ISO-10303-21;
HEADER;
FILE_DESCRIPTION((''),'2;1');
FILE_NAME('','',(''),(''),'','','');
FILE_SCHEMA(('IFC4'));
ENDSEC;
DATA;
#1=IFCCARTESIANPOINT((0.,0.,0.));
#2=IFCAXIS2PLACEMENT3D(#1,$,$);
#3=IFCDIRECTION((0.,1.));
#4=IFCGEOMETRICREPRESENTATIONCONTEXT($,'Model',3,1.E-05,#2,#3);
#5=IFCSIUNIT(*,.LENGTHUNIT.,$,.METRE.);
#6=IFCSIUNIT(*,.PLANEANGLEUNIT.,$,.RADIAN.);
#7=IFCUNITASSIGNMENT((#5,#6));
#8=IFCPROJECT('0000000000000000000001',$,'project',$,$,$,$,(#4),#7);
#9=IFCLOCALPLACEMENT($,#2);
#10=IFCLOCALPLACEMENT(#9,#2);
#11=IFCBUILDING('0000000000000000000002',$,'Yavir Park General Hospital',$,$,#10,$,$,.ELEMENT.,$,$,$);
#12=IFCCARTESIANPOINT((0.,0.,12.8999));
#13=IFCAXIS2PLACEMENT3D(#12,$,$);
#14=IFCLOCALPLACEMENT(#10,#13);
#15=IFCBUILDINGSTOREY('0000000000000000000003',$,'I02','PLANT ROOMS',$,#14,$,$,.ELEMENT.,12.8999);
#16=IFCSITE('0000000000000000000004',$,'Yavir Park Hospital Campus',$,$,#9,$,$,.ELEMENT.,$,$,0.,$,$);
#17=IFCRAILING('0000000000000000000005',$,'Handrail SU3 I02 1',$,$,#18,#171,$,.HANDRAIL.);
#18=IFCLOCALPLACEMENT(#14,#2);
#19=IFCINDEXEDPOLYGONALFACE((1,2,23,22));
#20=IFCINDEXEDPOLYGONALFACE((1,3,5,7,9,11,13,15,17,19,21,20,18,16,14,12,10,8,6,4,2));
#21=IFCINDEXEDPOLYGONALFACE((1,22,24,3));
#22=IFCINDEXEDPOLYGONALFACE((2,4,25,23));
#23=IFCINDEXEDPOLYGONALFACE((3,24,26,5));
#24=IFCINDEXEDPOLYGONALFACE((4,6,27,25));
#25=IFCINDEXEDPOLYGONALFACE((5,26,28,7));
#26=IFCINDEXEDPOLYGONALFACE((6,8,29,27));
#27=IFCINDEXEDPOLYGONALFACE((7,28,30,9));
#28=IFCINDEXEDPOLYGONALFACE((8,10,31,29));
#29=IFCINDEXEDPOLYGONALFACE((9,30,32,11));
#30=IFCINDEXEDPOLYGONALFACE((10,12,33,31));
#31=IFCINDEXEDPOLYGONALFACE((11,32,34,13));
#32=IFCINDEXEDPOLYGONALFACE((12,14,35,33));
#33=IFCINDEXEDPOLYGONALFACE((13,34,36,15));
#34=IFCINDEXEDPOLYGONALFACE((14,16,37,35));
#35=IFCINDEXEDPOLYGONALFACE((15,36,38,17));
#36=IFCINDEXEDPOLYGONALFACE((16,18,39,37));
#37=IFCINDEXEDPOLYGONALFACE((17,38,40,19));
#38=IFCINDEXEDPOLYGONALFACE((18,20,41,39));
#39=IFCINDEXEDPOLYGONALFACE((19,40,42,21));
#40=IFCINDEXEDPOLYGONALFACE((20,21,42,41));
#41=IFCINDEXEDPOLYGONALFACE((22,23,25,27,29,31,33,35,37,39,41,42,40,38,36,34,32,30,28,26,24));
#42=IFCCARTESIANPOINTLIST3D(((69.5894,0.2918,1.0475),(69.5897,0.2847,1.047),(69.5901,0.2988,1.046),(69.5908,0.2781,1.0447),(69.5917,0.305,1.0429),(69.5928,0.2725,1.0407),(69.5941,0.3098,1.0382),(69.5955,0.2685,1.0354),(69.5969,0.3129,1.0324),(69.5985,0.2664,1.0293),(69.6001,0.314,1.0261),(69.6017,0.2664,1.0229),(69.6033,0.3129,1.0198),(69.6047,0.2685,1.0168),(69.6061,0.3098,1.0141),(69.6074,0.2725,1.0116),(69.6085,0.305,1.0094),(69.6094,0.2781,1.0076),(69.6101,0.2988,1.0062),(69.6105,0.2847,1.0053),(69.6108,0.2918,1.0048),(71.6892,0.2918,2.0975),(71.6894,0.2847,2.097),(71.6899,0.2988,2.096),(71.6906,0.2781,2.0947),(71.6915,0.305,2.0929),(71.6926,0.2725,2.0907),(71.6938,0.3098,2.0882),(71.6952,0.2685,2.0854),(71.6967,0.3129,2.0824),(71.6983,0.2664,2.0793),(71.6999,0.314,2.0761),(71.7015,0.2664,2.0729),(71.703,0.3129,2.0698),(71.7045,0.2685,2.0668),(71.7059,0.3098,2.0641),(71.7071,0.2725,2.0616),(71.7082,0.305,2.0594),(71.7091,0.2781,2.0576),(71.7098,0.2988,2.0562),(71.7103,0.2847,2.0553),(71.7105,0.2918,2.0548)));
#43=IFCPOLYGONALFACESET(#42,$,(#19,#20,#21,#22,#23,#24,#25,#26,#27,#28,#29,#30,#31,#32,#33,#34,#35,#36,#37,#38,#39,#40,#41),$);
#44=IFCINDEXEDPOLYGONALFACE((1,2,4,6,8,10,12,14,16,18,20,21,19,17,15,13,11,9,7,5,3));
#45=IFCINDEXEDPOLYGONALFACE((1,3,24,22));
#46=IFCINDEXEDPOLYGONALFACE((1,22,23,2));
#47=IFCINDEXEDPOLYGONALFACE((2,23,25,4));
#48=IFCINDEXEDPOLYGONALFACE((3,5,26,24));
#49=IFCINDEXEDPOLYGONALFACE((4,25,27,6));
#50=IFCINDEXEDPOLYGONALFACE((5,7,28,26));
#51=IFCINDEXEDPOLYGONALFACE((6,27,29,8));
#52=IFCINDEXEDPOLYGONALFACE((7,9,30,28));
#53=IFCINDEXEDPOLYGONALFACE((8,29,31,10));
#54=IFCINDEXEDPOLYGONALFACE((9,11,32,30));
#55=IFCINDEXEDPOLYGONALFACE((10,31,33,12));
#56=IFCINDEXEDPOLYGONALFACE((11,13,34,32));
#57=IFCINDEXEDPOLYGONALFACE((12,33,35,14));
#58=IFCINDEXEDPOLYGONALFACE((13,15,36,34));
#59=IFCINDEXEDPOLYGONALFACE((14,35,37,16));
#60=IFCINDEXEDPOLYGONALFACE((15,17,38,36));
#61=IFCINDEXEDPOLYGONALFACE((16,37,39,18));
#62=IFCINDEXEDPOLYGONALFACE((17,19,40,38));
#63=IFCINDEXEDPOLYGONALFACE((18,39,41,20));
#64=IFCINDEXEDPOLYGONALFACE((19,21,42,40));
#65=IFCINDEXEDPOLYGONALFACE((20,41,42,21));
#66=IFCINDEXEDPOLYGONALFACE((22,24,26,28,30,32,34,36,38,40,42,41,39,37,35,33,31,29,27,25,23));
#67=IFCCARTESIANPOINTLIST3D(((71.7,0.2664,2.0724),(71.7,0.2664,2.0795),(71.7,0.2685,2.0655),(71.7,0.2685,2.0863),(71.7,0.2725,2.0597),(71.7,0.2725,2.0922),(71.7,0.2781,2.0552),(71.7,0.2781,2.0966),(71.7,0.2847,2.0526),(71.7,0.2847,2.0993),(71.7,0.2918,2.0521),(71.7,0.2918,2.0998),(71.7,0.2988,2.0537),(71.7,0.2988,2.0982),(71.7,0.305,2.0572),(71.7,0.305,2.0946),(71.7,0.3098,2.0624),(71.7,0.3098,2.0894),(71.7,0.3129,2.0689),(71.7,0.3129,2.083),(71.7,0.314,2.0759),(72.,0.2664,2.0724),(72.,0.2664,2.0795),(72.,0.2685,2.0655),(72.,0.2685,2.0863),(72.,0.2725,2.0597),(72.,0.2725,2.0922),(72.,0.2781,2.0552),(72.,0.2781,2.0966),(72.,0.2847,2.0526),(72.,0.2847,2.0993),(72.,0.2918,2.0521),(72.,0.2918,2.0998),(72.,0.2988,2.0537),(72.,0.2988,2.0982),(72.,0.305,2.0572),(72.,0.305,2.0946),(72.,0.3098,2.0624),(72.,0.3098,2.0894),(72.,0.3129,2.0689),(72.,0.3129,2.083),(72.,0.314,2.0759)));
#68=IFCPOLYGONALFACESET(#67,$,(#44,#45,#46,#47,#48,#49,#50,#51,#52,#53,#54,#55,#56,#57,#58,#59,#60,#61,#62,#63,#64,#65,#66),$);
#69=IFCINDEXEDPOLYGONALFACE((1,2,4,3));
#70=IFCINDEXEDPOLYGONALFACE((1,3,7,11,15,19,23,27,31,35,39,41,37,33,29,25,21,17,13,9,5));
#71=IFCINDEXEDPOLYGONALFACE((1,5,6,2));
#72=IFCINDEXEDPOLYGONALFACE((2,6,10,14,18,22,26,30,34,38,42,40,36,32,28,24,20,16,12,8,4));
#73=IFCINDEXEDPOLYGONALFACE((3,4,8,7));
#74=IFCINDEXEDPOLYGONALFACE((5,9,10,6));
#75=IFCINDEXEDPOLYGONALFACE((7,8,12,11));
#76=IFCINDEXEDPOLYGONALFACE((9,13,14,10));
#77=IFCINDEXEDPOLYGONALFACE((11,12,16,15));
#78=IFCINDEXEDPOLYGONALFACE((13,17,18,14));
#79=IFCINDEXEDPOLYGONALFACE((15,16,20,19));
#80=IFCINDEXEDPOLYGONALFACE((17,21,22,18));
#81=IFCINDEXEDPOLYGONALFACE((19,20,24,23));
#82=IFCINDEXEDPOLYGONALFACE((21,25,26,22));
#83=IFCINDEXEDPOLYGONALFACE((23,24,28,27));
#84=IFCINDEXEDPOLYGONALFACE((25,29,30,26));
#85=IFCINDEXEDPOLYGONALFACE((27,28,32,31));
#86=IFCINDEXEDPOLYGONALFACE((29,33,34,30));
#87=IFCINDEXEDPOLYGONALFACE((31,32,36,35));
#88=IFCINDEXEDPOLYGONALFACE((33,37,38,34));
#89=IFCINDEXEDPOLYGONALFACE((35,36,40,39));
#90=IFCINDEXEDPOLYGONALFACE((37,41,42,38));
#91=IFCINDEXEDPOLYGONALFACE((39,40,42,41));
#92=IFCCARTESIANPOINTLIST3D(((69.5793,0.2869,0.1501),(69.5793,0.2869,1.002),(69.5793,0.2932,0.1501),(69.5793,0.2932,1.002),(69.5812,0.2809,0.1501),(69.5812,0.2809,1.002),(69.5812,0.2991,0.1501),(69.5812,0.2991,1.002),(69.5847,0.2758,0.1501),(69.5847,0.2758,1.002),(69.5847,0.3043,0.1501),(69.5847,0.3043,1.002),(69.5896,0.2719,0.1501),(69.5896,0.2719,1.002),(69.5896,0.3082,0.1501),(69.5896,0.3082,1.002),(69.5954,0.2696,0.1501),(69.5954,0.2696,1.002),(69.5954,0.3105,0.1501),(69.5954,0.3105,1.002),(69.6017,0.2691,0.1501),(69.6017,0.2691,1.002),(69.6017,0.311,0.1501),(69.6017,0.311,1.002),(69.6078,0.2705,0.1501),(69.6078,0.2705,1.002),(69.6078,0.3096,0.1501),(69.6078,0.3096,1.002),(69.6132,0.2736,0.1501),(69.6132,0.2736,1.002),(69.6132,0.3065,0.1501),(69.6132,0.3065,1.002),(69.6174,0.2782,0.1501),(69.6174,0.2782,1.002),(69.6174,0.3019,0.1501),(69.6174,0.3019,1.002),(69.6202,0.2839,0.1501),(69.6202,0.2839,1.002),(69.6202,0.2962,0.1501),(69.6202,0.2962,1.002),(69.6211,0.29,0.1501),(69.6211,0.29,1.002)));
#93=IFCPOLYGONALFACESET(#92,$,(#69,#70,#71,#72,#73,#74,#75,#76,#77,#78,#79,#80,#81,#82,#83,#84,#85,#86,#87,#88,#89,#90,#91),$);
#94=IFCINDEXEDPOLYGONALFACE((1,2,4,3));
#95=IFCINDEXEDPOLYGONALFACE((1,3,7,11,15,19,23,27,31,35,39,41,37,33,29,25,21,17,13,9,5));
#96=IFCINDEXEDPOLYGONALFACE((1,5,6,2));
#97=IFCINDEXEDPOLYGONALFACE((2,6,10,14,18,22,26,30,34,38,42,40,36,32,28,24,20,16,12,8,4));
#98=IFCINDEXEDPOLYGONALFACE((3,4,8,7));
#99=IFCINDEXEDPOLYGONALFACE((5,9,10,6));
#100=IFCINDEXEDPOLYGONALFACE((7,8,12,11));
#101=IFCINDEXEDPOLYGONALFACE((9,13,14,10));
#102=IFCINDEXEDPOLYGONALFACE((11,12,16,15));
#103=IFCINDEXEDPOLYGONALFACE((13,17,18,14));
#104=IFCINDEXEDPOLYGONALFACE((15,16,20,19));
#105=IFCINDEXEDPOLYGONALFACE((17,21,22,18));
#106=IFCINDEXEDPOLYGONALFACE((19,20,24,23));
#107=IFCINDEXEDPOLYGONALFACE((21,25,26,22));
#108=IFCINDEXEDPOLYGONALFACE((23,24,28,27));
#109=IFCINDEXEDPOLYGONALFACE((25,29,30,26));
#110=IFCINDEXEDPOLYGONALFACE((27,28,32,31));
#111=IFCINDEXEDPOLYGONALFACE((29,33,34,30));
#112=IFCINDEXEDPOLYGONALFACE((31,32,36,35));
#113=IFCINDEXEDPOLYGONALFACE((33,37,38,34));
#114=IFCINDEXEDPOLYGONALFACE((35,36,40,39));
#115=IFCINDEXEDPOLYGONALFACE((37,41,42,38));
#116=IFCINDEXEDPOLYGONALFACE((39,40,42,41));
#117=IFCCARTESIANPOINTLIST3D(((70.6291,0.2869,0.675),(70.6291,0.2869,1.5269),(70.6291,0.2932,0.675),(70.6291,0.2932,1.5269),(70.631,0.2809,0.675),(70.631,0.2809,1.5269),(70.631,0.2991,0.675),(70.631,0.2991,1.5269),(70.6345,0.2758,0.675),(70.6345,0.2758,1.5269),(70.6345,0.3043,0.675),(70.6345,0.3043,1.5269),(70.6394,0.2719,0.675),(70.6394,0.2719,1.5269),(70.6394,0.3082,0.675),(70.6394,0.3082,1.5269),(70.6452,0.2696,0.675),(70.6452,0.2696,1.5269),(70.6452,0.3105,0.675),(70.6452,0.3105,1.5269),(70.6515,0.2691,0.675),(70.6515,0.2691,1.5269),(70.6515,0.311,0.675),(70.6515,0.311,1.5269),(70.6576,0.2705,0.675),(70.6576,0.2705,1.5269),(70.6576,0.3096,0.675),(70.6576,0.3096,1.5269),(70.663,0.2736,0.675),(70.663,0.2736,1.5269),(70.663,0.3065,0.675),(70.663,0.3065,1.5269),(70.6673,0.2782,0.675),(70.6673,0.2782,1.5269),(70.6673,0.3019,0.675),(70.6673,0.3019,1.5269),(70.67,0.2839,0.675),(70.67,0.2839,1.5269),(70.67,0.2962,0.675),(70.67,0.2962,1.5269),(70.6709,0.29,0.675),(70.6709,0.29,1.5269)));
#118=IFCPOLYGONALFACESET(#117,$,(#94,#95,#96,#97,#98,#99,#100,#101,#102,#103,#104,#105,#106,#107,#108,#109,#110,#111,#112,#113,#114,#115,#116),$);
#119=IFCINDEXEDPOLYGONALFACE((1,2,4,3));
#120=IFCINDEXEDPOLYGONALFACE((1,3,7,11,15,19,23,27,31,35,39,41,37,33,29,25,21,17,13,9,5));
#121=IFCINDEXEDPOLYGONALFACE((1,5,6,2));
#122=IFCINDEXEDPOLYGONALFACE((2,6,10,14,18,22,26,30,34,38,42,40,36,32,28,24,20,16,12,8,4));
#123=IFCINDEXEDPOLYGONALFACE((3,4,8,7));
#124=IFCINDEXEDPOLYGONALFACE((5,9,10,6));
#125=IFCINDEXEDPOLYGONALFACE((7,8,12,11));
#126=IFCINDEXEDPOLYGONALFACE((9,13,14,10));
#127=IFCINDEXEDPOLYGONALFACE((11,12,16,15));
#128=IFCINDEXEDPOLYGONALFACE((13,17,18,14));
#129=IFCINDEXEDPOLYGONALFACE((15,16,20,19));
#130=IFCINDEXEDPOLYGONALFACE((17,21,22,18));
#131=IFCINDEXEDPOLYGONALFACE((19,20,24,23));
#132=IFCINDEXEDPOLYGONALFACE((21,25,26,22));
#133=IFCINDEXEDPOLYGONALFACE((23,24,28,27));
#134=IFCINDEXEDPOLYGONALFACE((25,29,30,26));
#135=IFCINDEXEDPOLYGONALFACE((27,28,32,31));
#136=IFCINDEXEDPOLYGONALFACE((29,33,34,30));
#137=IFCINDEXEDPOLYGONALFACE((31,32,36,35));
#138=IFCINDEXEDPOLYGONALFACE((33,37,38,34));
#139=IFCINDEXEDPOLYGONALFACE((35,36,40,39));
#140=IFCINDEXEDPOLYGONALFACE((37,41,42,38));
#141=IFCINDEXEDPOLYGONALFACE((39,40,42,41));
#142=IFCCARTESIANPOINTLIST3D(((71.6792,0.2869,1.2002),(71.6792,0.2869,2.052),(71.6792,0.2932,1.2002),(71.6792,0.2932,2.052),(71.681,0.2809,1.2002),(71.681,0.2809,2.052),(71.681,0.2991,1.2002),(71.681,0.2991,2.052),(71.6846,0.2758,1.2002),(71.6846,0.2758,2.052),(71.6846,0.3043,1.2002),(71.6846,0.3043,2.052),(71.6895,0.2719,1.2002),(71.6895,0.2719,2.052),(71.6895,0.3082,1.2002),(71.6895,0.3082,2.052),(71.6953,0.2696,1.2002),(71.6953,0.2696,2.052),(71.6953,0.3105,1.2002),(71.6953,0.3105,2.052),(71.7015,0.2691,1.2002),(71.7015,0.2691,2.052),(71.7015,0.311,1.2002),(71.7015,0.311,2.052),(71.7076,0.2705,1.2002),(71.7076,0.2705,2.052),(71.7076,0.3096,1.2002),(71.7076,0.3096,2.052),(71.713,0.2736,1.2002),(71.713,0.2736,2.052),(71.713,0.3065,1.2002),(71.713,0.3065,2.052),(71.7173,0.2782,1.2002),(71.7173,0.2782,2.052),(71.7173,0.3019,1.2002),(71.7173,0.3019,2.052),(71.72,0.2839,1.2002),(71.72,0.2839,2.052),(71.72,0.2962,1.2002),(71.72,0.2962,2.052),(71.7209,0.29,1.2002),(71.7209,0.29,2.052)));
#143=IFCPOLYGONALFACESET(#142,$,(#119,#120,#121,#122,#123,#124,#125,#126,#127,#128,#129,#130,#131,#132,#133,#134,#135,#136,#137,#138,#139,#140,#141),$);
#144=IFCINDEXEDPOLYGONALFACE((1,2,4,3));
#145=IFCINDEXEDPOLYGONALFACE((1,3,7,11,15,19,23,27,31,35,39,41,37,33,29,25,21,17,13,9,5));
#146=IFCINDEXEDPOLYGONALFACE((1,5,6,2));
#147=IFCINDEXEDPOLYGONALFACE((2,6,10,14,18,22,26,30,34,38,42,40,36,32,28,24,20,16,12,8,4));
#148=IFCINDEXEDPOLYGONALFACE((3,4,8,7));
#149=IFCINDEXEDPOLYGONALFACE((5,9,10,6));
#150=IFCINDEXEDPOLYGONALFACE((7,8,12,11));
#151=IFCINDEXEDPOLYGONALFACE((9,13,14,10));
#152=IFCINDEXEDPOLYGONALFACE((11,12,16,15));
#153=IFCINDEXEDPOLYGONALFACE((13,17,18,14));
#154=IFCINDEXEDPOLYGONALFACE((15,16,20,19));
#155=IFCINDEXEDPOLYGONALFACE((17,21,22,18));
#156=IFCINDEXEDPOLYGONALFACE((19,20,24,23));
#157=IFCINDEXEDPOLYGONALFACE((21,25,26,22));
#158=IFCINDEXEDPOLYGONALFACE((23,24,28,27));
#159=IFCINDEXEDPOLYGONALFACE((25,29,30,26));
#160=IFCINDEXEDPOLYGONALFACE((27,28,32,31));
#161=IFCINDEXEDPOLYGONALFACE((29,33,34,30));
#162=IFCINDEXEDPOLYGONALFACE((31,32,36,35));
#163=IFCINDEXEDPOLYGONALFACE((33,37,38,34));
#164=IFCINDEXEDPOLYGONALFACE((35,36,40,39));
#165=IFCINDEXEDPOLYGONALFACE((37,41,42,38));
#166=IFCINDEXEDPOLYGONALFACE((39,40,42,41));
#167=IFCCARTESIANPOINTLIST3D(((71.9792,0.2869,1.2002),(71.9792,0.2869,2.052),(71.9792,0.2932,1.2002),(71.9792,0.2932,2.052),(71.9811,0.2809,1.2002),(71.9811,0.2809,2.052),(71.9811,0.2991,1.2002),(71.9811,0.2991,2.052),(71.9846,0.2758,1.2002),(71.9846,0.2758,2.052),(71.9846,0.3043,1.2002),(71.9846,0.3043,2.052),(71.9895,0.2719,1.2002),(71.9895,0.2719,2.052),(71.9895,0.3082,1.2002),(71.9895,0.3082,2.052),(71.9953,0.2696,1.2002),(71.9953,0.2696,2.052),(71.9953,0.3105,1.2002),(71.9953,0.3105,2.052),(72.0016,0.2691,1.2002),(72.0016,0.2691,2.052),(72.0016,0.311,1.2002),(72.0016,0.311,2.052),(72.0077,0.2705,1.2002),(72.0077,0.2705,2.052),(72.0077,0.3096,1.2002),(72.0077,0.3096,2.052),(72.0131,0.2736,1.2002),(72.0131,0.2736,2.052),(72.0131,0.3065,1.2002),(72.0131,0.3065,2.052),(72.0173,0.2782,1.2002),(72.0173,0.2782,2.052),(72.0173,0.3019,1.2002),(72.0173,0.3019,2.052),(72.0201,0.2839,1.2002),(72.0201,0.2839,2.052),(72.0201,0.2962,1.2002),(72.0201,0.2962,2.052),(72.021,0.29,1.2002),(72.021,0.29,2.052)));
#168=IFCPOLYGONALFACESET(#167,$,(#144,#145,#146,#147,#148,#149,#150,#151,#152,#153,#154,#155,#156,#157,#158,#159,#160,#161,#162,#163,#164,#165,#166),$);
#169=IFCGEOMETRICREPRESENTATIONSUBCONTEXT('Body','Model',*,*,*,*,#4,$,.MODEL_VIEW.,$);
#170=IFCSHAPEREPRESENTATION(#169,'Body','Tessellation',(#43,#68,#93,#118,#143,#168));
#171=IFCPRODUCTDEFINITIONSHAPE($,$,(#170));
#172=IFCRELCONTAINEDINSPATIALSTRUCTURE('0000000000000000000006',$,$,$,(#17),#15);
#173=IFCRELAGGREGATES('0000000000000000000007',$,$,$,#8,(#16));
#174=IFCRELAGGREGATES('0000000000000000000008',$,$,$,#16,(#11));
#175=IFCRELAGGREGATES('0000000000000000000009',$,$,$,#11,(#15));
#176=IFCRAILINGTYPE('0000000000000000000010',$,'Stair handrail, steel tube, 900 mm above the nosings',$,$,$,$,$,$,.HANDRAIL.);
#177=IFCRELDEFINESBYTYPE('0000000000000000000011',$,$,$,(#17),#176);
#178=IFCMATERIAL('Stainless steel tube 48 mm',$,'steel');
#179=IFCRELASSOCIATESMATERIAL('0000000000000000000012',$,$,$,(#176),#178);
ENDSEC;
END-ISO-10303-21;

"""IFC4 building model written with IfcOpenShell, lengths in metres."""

from ifc_helpers import new_model, si_unit, direction, frame, origin, origin_2d, place, context, subcontext, project, spatial, circle, extrude, material, type_object, element, save


model = new_model("IFC4")

# Units and contexts
model_context = context("Model", 3, precision=1e-05, world=origin(), true_north=direction((0.0, 1.0)))
body_context = subcontext(model_context, "Body", "Model", "MODEL_VIEW")
ifc_project = project(units=[si_unit("LENGTHUNIT", "METRE"), si_unit("PLANEANGLEUNIT", "RADIAN")], contexts=[model_context])

# Site, building, storey
site_placement = place(None, origin())
site = spatial("IfcSite", under=ifc_project, at=site_placement, Name="Yavir Park Hospital Campus", CompositionType="ELEMENT", RefElevation=0.0)
building_placement = place(site_placement, origin())
building = spatial("IfcBuilding", under=site, at=building_placement, Name="Yavir Park General Hospital", CompositionType="ELEMENT")
storey_placement = place(building_placement, frame((0.0, 0.0, 12.8999)))
storey = spatial("IfcBuildingStorey", under=building, at=storey_placement, Name="I02", Description="PLANT ROOMS", CompositionType="ELEMENT", Elevation=12.8999)

# Railing
ifc_material_1 = material(Name="Stainless steel tube 48 mm", Category="steel")
railing_type_1 = type_object("IfcRailingType", Name="Stair handrail, steel tube, 900 mm above the nosings", PredefinedType="HANDRAIL", material=ifc_material_1)
for number, where, name in (
    (1, (69.6001, 0.29, 0.1501), "Handrail SU3 I02 1"),
):
    element("IfcRailing", number, at=place(storey_placement, frame(where)), inside=storey, type_object=railing_type_1, Name=name, PredefinedType="HANDRAIL", context=body_context, shape_type="SweptSolid", body=[
        extrude(circle(Radius=0.0239, at=origin_2d()), frame((0.0, 0.0, 0.876), z_axis=(0.894406, 0.0, 0.447255), x_axis=(0.0, 1.0, 0.0)), (0.0, 0.0, 1.0), 2.3477),
        extrude(circle(Radius=0.0239, at=origin_2d()), frame((2.0999, 0.0, 1.9258), z_axis=(1.0, 0.0, 0.0), x_axis=(0.0, 1.0, 0.0)), (0.0, 0.0, 1.0), 0.3),
        extrude(circle(Radius=0.021, at=origin_2d()), origin(), (0.0, 0.0, 1.0), 0.8518),
        extrude(circle(Radius=0.021, at=origin_2d()), frame((1.0498, 0.0, 0.5249)), (0.0, 0.0, 1.0), 0.8518),
        extrude(circle(Radius=0.021, at=origin_2d()), frame((2.0999, 0.0, 1.05)), (0.0, 0.0, 1.0), 0.8518),
        extrude(circle(Radius=0.021, at=origin_2d()), frame((2.3999, 0.0, 1.05)), (0.0, 0.0, 1.0), 0.8518),
    ])

save(model, "model.ifc")
